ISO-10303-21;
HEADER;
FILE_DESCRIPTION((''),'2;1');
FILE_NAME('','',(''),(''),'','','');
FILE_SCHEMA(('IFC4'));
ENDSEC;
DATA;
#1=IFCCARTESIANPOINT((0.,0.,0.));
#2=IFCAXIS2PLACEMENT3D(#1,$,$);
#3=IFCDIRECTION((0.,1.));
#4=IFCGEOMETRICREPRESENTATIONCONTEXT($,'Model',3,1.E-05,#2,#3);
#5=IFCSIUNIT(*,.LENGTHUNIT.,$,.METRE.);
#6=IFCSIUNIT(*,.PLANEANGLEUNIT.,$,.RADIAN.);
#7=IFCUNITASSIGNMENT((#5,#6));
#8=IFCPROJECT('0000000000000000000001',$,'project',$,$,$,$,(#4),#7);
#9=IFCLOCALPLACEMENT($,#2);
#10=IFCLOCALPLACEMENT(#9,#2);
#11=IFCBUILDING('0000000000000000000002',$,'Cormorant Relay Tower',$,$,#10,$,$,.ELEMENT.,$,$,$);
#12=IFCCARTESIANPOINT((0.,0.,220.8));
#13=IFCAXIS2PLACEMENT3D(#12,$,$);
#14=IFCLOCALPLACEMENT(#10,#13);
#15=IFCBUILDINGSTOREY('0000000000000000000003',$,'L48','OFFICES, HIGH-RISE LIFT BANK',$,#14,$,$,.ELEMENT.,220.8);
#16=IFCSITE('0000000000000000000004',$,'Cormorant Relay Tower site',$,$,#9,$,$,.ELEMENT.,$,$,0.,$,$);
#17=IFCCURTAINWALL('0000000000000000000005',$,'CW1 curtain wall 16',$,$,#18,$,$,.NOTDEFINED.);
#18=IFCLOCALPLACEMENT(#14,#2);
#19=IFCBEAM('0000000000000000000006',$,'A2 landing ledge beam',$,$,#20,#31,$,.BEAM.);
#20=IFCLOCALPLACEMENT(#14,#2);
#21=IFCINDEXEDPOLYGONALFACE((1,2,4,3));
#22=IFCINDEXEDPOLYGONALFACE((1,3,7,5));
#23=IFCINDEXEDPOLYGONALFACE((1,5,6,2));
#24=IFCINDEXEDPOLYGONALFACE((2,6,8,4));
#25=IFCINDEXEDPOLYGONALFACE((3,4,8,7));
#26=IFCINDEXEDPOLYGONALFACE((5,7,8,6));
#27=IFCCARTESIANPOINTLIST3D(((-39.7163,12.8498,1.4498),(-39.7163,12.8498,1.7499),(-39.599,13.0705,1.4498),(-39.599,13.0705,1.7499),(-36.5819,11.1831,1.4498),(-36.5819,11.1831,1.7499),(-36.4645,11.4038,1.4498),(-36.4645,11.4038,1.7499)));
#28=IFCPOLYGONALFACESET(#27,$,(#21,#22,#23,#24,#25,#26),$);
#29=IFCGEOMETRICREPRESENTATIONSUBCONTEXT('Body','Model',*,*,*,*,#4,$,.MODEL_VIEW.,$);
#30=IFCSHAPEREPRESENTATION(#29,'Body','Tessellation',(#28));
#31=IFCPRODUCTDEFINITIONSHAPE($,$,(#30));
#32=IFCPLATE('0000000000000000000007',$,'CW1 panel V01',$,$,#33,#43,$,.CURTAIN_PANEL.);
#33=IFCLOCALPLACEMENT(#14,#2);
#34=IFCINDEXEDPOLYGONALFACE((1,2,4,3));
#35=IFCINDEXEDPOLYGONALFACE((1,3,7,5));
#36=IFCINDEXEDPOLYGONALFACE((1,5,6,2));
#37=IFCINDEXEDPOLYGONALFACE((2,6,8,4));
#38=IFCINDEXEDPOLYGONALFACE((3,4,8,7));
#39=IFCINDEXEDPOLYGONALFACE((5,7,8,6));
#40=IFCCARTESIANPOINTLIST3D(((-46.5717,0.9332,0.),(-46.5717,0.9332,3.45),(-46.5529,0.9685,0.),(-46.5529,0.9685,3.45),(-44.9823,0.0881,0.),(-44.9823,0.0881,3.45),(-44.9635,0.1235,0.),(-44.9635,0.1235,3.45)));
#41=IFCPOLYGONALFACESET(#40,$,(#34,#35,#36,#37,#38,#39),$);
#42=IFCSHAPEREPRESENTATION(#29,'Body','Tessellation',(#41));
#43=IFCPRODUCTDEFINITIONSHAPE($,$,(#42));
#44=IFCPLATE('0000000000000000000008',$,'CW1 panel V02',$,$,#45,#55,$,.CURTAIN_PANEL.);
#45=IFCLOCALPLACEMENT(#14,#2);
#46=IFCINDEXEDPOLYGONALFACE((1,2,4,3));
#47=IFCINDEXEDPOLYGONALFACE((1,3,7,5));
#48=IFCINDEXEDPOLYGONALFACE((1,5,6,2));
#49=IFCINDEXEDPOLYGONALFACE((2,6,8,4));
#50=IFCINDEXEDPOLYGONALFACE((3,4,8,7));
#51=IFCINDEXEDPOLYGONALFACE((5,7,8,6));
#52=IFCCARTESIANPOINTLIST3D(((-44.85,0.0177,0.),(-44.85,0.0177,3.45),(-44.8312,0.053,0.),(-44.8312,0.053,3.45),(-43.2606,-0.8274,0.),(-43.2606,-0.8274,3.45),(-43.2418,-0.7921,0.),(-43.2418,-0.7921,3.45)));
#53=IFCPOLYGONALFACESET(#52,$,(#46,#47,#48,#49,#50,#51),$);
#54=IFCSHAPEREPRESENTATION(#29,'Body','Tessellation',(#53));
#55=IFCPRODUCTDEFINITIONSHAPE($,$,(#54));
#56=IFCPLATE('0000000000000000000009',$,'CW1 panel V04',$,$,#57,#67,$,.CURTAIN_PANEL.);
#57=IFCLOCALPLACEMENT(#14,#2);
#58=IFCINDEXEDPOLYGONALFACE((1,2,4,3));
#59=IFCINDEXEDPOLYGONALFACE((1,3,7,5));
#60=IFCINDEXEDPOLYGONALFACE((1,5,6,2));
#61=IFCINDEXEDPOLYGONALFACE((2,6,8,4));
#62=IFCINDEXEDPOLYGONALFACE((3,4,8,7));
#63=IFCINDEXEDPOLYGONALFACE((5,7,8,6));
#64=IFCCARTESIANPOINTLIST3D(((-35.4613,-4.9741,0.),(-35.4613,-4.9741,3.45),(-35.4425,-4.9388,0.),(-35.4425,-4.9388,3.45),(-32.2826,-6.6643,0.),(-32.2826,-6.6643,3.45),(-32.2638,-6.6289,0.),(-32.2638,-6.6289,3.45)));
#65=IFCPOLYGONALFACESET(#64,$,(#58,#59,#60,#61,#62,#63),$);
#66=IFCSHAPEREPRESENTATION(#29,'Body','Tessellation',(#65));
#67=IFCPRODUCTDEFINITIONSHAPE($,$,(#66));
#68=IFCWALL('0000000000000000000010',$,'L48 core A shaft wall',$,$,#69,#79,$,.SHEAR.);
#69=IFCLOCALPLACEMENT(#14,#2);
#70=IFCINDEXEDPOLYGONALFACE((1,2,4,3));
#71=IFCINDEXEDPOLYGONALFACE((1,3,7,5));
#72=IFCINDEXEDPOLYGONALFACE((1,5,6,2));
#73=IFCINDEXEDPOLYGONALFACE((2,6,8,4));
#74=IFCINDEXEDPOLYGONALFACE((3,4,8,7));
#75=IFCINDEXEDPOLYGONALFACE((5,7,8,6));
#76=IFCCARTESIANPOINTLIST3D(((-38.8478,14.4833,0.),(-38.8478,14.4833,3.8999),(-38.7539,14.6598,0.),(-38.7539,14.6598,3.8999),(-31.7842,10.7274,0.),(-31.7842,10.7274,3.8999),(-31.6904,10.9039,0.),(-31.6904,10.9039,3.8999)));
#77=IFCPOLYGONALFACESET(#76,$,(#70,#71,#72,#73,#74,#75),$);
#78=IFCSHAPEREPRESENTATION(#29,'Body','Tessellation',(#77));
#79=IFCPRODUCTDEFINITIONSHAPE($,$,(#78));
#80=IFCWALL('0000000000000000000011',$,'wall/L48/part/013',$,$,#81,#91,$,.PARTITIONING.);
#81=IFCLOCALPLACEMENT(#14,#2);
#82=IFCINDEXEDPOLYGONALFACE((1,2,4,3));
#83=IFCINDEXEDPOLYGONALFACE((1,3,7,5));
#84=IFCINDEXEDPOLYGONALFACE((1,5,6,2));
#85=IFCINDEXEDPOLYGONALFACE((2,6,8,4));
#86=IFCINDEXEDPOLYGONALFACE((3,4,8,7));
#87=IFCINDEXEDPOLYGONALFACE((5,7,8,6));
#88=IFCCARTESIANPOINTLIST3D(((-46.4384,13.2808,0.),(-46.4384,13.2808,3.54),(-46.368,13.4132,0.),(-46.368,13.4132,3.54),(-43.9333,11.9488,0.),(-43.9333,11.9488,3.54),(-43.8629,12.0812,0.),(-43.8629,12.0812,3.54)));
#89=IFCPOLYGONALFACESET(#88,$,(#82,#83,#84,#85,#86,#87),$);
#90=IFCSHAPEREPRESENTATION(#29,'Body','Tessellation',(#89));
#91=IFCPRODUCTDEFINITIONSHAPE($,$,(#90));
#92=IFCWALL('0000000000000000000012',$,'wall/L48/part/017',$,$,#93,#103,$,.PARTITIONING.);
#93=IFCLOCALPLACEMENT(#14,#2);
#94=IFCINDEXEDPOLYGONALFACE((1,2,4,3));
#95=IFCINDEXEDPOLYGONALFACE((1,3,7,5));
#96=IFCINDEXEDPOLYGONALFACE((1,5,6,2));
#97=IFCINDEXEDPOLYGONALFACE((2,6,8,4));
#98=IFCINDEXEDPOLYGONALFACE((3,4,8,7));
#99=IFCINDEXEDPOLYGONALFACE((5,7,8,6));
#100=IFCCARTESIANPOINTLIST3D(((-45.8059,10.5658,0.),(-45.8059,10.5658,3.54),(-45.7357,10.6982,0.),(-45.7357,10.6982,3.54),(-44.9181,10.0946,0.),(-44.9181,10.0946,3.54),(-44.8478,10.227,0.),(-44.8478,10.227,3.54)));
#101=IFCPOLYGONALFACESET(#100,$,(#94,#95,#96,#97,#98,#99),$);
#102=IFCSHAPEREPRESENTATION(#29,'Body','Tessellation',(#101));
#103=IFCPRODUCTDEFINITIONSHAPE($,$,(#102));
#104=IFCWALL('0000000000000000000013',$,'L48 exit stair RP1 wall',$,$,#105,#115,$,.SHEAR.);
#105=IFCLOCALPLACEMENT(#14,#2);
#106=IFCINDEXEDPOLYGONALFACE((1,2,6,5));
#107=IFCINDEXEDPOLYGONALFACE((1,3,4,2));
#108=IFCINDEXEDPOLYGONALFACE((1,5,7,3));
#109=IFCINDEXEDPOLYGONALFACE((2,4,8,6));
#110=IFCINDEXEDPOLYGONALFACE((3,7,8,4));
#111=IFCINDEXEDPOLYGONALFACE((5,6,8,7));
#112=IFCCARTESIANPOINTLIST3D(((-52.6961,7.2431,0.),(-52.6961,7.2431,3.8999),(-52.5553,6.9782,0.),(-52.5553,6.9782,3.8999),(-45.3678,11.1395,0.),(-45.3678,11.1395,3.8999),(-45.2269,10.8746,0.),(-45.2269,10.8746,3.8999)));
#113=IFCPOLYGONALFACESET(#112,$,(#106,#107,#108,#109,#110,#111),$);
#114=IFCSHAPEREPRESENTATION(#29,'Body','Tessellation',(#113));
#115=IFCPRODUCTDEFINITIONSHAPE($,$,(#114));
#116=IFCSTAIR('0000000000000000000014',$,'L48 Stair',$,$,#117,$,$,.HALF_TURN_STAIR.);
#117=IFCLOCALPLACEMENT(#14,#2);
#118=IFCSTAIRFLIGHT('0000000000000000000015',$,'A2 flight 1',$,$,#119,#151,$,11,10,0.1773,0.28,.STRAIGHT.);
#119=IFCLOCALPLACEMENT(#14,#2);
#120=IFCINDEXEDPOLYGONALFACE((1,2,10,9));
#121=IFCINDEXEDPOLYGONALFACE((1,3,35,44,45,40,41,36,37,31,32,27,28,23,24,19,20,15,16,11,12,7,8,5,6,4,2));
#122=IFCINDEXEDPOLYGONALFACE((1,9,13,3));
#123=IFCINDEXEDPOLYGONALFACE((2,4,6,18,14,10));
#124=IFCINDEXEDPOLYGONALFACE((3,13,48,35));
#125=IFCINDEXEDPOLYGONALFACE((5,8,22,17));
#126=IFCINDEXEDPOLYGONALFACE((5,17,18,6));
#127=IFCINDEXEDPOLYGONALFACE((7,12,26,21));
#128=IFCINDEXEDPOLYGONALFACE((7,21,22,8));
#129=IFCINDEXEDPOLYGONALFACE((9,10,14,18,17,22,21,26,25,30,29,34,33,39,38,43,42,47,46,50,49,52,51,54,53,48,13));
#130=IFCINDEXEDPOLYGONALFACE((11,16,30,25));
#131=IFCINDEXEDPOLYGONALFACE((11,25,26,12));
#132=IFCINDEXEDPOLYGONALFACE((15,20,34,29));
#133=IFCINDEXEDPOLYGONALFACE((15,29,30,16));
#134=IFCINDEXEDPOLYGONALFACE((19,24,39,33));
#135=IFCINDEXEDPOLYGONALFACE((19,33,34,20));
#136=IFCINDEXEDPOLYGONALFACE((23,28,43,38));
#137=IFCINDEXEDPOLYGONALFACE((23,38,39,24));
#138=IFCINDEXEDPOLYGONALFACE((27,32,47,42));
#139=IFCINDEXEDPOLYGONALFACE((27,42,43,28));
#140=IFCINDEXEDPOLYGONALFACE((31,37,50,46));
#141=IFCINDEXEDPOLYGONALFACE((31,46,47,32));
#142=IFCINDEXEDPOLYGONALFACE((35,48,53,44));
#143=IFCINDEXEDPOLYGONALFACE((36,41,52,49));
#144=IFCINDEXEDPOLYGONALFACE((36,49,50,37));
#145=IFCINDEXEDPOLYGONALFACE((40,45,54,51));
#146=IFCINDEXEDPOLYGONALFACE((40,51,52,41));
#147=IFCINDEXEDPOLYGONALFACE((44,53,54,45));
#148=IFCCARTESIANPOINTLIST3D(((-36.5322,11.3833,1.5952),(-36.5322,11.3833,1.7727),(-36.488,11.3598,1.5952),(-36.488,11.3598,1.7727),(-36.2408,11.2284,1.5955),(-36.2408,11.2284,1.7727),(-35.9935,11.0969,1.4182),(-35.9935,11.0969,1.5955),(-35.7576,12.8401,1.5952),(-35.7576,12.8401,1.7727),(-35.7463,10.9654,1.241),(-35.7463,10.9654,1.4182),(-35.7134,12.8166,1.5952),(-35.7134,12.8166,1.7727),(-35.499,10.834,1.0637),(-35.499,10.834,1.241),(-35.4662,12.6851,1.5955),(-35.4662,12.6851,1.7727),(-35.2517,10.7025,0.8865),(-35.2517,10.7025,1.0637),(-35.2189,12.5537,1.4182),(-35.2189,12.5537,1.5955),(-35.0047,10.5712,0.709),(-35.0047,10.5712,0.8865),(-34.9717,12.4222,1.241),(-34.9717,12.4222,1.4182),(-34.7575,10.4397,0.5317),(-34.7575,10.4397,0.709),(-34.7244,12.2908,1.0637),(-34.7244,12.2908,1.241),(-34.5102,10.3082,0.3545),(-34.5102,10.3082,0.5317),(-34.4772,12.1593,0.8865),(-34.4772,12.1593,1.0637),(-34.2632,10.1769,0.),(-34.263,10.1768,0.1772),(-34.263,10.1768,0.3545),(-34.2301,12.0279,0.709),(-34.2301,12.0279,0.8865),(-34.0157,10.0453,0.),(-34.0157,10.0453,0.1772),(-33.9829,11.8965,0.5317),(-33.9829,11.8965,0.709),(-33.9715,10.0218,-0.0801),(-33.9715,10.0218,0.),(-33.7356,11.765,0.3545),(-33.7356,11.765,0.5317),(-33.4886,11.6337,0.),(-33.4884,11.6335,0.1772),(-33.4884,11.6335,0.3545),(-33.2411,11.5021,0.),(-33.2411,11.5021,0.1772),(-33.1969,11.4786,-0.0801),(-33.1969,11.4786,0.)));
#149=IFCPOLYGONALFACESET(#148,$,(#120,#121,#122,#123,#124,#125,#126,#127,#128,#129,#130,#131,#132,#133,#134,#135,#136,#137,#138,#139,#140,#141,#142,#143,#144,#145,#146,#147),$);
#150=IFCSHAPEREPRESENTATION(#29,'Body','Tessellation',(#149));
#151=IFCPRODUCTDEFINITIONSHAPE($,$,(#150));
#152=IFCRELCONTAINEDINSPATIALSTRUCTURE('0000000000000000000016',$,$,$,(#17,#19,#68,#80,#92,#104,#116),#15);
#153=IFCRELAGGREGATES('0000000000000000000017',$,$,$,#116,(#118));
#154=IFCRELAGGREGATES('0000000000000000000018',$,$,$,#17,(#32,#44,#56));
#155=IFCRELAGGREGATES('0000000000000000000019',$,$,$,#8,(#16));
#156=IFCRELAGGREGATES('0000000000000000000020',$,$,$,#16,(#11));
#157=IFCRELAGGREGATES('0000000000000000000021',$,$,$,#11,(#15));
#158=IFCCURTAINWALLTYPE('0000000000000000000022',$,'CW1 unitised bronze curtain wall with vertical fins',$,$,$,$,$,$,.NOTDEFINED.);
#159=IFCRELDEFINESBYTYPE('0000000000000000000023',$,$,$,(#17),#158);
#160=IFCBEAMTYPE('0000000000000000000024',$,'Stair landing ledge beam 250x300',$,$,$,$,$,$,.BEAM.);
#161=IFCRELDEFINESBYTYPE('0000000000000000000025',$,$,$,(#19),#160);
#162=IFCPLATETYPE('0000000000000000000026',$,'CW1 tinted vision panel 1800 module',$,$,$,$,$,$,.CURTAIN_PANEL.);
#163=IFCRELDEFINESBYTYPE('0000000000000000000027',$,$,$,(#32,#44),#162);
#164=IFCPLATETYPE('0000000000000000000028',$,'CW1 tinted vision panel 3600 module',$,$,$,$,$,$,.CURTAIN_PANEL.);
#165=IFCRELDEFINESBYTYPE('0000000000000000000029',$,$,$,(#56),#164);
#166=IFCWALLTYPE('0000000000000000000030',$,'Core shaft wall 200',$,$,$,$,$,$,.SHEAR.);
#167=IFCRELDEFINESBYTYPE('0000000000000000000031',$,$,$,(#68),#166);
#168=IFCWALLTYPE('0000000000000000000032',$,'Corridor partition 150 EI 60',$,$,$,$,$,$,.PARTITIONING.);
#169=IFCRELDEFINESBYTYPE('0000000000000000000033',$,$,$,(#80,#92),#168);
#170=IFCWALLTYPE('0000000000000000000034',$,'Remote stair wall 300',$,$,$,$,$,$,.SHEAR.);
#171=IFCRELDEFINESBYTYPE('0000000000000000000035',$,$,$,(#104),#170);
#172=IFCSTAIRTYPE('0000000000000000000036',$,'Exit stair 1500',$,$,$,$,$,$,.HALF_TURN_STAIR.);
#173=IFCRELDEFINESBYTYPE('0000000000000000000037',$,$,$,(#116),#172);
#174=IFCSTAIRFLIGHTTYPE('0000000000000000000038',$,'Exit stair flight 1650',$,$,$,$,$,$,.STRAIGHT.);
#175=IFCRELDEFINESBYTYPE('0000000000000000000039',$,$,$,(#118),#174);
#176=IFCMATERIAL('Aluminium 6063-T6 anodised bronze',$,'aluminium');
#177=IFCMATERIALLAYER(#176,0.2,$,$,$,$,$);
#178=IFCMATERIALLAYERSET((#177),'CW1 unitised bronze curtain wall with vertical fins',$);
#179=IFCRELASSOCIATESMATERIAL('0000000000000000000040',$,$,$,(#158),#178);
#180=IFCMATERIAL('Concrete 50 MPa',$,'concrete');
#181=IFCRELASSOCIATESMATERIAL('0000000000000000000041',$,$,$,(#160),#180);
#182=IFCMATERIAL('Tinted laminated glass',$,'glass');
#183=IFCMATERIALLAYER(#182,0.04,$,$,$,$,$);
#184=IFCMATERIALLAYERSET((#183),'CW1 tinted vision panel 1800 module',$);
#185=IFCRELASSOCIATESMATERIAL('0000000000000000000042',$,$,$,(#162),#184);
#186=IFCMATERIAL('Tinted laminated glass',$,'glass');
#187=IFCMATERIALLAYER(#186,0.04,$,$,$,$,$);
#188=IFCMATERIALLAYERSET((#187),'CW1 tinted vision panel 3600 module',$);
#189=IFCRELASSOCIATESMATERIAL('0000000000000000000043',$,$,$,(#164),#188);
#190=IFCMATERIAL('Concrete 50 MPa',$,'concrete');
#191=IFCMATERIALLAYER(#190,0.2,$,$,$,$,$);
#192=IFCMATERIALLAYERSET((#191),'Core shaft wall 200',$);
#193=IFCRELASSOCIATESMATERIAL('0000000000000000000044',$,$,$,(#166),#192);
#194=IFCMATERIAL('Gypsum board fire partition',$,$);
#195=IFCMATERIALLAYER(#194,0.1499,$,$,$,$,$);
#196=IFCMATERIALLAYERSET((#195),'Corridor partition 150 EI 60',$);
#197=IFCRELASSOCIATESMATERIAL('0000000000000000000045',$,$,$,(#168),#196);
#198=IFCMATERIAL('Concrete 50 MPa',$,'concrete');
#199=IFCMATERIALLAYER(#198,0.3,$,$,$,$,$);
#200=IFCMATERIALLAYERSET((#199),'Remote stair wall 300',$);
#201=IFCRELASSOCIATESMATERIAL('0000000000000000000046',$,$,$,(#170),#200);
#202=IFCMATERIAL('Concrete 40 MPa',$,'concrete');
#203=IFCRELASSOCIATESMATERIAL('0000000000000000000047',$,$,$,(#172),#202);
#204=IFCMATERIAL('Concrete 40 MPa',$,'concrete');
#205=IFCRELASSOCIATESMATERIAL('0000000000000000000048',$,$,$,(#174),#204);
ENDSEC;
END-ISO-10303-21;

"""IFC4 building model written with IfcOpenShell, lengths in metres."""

from ifc_helpers import new_model, si_unit, direction, frame, frame_2d, origin, origin_2d, place, context, subcontext, project, spatial, polyline, rectangle, outline, extrude, material, layer, layer_set, material_profile, profile_set, type_object, element, aggregate, save


model = new_model("IFC4")

# Units and contexts
model_context = context("Model", 3, precision=1e-05, world=origin(), true_north=direction((0.0, 1.0)))
body_context = subcontext(model_context, "Body", "Model", "MODEL_VIEW")
ifc_project = project(units=[si_unit("LENGTHUNIT", "METRE"), si_unit("PLANEANGLEUNIT", "RADIAN")], contexts=[model_context])

# Site, building, storey
site_placement = place(None, origin())
site = spatial("IfcSite", under=ifc_project, at=site_placement, Name="Cormorant Relay Tower site", CompositionType="ELEMENT", RefElevation=0.0)
building_placement = place(site_placement, origin())
building = spatial("IfcBuilding", under=site, at=building_placement, Name="Cormorant Relay Tower", CompositionType="ELEMENT")
storey_placement = place(building_placement, frame((0.0, 0.0, 220.8)))
storey = spatial("IfcBuildingStorey", under=building, at=storey_placement, Name="L48", Description="OFFICES, HIGH-RISE LIFT BANK", CompositionType="ELEMENT", Elevation=220.8)

# Curtain wall
ifc_material_1 = material(Name="Aluminium 6063-T6 anodised bronze", Category="aluminium")
ifc_layer_1 = layer(ifc_material_1, 0.2)
ifc_layer_set_1 = layer_set([ifc_layer_1], Name="CW1 unitised bronze curtain wall with vertical fins")
curtain_wall_type = type_object("IfcCurtainWallType", Name="CW1 unitised bronze curtain wall with vertical fins", PredefinedType="NOTDEFINED", material=ifc_layer_set_1)
curtain_wall_placement = place(storey_placement, origin())
curtain_wall = element("IfcCurtainWall", 1, at=curtain_wall_placement, inside=storey, type_object=curtain_wall_type, Name="CW1 curtain wall 16", PredefinedType="NOTDEFINED")

# Beam
ifc_material_2 = material(Name="Concrete 50 MPa", Category="concrete")
ifc_material_profile_1 = material_profile(ifc_material_2, rectangle(XDim=0.25, YDim=0.3, at=origin_2d()), Name="RC 250x300")
ifc_profile_set_1 = profile_set([ifc_material_profile_1], Name="Concrete 50 MPa")
beam_type_1 = type_object("IfcBeamType", Name="Stair landing ledge beam 250x300", PredefinedType="BEAM", material=ifc_profile_set_1)
beam_1_placement = place(storey_placement, frame((-36.5232, 11.2935, 1.5999), z_axis=(-0.882937, 0.469492, 0.0), x_axis=(-0.469492, -0.882937, 0.0)))
element("IfcBeam", 2, at=beam_1_placement, inside=storey, type_object=beam_type_1, Name="A2 landing ledge beam", PredefinedType="BEAM", context=body_context, shape_type="SweptSolid", body=[
    extrude(rectangle(XDim=0.25, YDim=0.3, at=origin_2d()), origin(), (0.0, 0.0, 1.0), 3.55),
])

# Plates
ifc_material_3 = material(Name="Tinted laminated glass", Category="glass")
ifc_layer_2 = layer(ifc_material_3, 0.04)
ifc_layer_set_2 = layer_set([ifc_layer_2], Name="CW1 tinted vision panel 1800 module")
plate_type_1 = type_object("IfcPlateType", Name="CW1 tinted vision panel 1800 module", PredefinedType="CURTAIN_PANEL", material=ifc_layer_set_2)
plate_1_placement = place(storey_placement, frame((-45.7676, 0.5283, 0.0), z_axis=(0.0, 0.0, 1.0), x_axis=(0.882948, -0.469472, 0.0)))
plate_1 = element("IfcPlate", 3, at=plate_1_placement, type_object=plate_type_1, Name="CW1 panel V01", PredefinedType="CURTAIN_PANEL", context=body_context, shape_type="SweptSolid", body=[
    extrude(rectangle(XDim=1.8, YDim=0.04, at=origin_2d()), origin(), (0.0, 0.0, 1.0), 3.45),
])
plate_2_placement = place(storey_placement, frame((-44.0459, -0.3872, 0.0), z_axis=(0.0, 0.0, 1.0), x_axis=(0.882948, -0.469472, 0.0)))
plate_2 = element("IfcPlate", 4, at=plate_2_placement, type_object=plate_type_1, Name="CW1 panel V02", PredefinedType="CURTAIN_PANEL", context=body_context, shape_type="SweptSolid", body=[
    extrude(rectangle(XDim=1.8, YDim=0.04, at=origin_2d()), origin(), (0.0, 0.0, 1.0), 3.45),
])
ifc_material_4 = material(Name="Tinted laminated glass", Category="glass")
ifc_layer_3 = layer(ifc_material_4, 0.04)
ifc_layer_set_3 = layer_set([ifc_layer_3], Name="CW1 tinted vision panel 3600 module")
plate_type_2 = type_object("IfcPlateType", Name="CW1 tinted vision panel 3600 module", PredefinedType="CURTAIN_PANEL", material=ifc_layer_set_3)
plate_3_placement = place(storey_placement, frame((-33.8625, -5.8015, 0.0), z_axis=(0.0, 0.0, 1.0), x_axis=(0.882948, -0.469472, 0.0)))
plate_3 = element("IfcPlate", 5, at=plate_3_placement, type_object=plate_type_2, Name="CW1 panel V04", PredefinedType="CURTAIN_PANEL", context=body_context, shape_type="SweptSolid", body=[
    extrude(rectangle(XDim=3.6001, YDim=0.04, at=origin_2d()), origin(), (0.0, 0.0, 1.0), 3.45),
])

# Walls
ifc_material_5 = material(Name="Concrete 50 MPa", Category="concrete")
ifc_layer_4 = layer(ifc_material_5, 0.2)
ifc_layer_set_4 = layer_set([ifc_layer_4], Name="Core shaft wall 200")
wall_type_1 = type_object("IfcWallType", Name="Core shaft wall 200", PredefinedType="SHEAR", material=ifc_layer_set_4)
wall_1_placement = place(storey_placement, frame((-31.7373, 10.8157, 0.0), z_axis=(0.0, 0.0, 1.0), x_axis=(-0.88294, 0.469485, 0.0)))
element("IfcWall", 6, at=wall_1_placement, inside=storey, type_object=wall_type_1, Name="L48 core A shaft wall", PredefinedType="SHEAR", context=body_context, shape_type="SweptSolid", body=[
    extrude(rectangle(XDim=8.0, YDim=0.2, at=frame_2d((4.0, 0.0))), origin(), (0.0, 0.0, 1.0), 3.8999),
])
ifc_material_6 = material(Name="Gypsum board fire partition")
ifc_layer_5 = layer(ifc_material_6, 0.1499)
ifc_layer_set_5 = layer_set([ifc_layer_5], Name="Corridor partition 150 EI 60")
wall_type_2 = type_object("IfcWallType", Name="Corridor partition 150 EI 60", PredefinedType="PARTITIONING", material=ifc_layer_set_5)
wall_2_placement = place(storey_placement, frame((-46.4031, 13.3469, 0.0), z_axis=(0.0, 0.0, 1.0), x_axis=(0.882943, -0.46948, 0.0)))
element("IfcWall", 7, at=wall_2_placement, inside=storey, type_object=wall_type_2, Name="wall/L48/part/013", PredefinedType="PARTITIONING", context=body_context, shape_type="SweptSolid", body=[
    extrude(rectangle(XDim=2.8372, YDim=0.1499, at=frame_2d((1.4185, 0.0))), origin(), (0.0, 0.0, 1.0), 3.54),
])
wall_3_placement = place(storey_placement, frame((-44.8831, 10.1609, 0.0), z_axis=(0.0, 0.0, 1.0), x_axis=(-0.883333, 0.468747, 0.0)))
element("IfcWall", 8, at=wall_3_placement, inside=storey, type_object=wall_type_2, Name="wall/L48/part/017", PredefinedType="PARTITIONING", context=body_context, shape_type="SweptSolid", body=[
    extrude(rectangle(XDim=1.0051, YDim=0.1499, at=frame_2d((0.5024, 0.0))), origin(), (0.0, 0.0, 1.0), 3.54),
])
ifc_material_7 = material(Name="Concrete 50 MPa", Category="concrete")
ifc_layer_6 = layer(ifc_material_7, 0.3)
ifc_layer_set_6 = layer_set([ifc_layer_6], Name="Remote stair wall 300")
wall_type_3 = type_object("IfcWallType", Name="Remote stair wall 300", PredefinedType="SHEAR", material=ifc_layer_set_6)
wall_4_placement = place(storey_placement, frame((-45.2974, 11.0071, 0.0), z_axis=(0.0, 0.0, 1.0), x_axis=(-0.882952, -0.469464, 0.0)))
element("IfcWall", 9, at=wall_4_placement, inside=storey, type_object=wall_type_3, Name="L48 exit stair RP1 wall", PredefinedType="SHEAR", context=body_context, shape_type="SweptSolid", body=[
    extrude(rectangle(XDim=8.2998, YDim=0.3, at=frame_2d((4.1499, 0.0))), origin(), (0.0, 0.0, 1.0), 3.8999),
])

# Stair, stair flight
ifc_material_8 = material(Name="Concrete 40 MPa", Category="concrete")
stair_type = type_object("IfcStairType", Name="Exit stair 1500", PredefinedType="HALF_TURN_STAIR", material=ifc_material_8)
stair_placement = place(storey_placement, origin())
stair = element("IfcStair", 10, at=stair_placement, inside=storey, type_object=stair_type, Name="L48 Stair", PredefinedType="HALF_TURN_STAIR")
ifc_material_9 = material(Name="Concrete 40 MPa", Category="concrete")
stair_flight_type = type_object("IfcStairFlightType", Name="Exit stair flight 1650", PredefinedType="STRAIGHT", material=ifc_material_9)
stair_flight_1_placement = place(storey_placement, frame((-33.6284, 10.7737, 0.0), z_axis=(0.0, 0.0, 1.0), x_axis=(-0.882948, 0.469472, 0.0)))
stair_flight_1 = element("IfcStairFlight", 11, at=stair_flight_1_placement, type_object=stair_flight_type, Name="A2 flight 1", NumberOfRisers=11, NumberOfTreads=10, PredefinedType="STRAIGHT", RiserHeight=0.1773, TreadLength=0.28, context=body_context, shape_type="SweptSolid", body=[
    extrude(outline(polyline([(-0.05, -0.0801), (-0.05, 0.0), (0.0, 0.0), (0.0, 0.1772), (0.28, 0.1772), (0.28, 0.3545), (0.5601, 0.3545), (0.5601, 0.5317), (0.8401, 0.5317), (0.8401, 0.709), (1.1201, 0.709), (1.1201, 0.8865), (1.3999, 0.8865), (1.3999, 1.0637), (1.6799, 1.0637), (1.6799, 1.241), (1.96, 1.241), (1.96, 1.4182), (2.24, 1.4182), (2.24, 1.5955), (2.52, 1.5955), (2.52, 1.7727), (2.8, 1.7727), (2.8501, 1.7727), (2.8501, 1.5952), (2.8, 1.5952), (0.2803, 0.0), (-0.05, -0.0801)])), frame((0.0, 0.825, 0.0), z_axis=(0.0, -1.0, 0.0), x_axis=(1.0, 0.0, 0.0)), (0.0, 0.0, 1.0), 1.6499),
])
aggregate(stair, [stair_flight_1])

aggregate(curtain_wall, [plate_1, plate_2, plate_3])

save(model, "model.ifc")
